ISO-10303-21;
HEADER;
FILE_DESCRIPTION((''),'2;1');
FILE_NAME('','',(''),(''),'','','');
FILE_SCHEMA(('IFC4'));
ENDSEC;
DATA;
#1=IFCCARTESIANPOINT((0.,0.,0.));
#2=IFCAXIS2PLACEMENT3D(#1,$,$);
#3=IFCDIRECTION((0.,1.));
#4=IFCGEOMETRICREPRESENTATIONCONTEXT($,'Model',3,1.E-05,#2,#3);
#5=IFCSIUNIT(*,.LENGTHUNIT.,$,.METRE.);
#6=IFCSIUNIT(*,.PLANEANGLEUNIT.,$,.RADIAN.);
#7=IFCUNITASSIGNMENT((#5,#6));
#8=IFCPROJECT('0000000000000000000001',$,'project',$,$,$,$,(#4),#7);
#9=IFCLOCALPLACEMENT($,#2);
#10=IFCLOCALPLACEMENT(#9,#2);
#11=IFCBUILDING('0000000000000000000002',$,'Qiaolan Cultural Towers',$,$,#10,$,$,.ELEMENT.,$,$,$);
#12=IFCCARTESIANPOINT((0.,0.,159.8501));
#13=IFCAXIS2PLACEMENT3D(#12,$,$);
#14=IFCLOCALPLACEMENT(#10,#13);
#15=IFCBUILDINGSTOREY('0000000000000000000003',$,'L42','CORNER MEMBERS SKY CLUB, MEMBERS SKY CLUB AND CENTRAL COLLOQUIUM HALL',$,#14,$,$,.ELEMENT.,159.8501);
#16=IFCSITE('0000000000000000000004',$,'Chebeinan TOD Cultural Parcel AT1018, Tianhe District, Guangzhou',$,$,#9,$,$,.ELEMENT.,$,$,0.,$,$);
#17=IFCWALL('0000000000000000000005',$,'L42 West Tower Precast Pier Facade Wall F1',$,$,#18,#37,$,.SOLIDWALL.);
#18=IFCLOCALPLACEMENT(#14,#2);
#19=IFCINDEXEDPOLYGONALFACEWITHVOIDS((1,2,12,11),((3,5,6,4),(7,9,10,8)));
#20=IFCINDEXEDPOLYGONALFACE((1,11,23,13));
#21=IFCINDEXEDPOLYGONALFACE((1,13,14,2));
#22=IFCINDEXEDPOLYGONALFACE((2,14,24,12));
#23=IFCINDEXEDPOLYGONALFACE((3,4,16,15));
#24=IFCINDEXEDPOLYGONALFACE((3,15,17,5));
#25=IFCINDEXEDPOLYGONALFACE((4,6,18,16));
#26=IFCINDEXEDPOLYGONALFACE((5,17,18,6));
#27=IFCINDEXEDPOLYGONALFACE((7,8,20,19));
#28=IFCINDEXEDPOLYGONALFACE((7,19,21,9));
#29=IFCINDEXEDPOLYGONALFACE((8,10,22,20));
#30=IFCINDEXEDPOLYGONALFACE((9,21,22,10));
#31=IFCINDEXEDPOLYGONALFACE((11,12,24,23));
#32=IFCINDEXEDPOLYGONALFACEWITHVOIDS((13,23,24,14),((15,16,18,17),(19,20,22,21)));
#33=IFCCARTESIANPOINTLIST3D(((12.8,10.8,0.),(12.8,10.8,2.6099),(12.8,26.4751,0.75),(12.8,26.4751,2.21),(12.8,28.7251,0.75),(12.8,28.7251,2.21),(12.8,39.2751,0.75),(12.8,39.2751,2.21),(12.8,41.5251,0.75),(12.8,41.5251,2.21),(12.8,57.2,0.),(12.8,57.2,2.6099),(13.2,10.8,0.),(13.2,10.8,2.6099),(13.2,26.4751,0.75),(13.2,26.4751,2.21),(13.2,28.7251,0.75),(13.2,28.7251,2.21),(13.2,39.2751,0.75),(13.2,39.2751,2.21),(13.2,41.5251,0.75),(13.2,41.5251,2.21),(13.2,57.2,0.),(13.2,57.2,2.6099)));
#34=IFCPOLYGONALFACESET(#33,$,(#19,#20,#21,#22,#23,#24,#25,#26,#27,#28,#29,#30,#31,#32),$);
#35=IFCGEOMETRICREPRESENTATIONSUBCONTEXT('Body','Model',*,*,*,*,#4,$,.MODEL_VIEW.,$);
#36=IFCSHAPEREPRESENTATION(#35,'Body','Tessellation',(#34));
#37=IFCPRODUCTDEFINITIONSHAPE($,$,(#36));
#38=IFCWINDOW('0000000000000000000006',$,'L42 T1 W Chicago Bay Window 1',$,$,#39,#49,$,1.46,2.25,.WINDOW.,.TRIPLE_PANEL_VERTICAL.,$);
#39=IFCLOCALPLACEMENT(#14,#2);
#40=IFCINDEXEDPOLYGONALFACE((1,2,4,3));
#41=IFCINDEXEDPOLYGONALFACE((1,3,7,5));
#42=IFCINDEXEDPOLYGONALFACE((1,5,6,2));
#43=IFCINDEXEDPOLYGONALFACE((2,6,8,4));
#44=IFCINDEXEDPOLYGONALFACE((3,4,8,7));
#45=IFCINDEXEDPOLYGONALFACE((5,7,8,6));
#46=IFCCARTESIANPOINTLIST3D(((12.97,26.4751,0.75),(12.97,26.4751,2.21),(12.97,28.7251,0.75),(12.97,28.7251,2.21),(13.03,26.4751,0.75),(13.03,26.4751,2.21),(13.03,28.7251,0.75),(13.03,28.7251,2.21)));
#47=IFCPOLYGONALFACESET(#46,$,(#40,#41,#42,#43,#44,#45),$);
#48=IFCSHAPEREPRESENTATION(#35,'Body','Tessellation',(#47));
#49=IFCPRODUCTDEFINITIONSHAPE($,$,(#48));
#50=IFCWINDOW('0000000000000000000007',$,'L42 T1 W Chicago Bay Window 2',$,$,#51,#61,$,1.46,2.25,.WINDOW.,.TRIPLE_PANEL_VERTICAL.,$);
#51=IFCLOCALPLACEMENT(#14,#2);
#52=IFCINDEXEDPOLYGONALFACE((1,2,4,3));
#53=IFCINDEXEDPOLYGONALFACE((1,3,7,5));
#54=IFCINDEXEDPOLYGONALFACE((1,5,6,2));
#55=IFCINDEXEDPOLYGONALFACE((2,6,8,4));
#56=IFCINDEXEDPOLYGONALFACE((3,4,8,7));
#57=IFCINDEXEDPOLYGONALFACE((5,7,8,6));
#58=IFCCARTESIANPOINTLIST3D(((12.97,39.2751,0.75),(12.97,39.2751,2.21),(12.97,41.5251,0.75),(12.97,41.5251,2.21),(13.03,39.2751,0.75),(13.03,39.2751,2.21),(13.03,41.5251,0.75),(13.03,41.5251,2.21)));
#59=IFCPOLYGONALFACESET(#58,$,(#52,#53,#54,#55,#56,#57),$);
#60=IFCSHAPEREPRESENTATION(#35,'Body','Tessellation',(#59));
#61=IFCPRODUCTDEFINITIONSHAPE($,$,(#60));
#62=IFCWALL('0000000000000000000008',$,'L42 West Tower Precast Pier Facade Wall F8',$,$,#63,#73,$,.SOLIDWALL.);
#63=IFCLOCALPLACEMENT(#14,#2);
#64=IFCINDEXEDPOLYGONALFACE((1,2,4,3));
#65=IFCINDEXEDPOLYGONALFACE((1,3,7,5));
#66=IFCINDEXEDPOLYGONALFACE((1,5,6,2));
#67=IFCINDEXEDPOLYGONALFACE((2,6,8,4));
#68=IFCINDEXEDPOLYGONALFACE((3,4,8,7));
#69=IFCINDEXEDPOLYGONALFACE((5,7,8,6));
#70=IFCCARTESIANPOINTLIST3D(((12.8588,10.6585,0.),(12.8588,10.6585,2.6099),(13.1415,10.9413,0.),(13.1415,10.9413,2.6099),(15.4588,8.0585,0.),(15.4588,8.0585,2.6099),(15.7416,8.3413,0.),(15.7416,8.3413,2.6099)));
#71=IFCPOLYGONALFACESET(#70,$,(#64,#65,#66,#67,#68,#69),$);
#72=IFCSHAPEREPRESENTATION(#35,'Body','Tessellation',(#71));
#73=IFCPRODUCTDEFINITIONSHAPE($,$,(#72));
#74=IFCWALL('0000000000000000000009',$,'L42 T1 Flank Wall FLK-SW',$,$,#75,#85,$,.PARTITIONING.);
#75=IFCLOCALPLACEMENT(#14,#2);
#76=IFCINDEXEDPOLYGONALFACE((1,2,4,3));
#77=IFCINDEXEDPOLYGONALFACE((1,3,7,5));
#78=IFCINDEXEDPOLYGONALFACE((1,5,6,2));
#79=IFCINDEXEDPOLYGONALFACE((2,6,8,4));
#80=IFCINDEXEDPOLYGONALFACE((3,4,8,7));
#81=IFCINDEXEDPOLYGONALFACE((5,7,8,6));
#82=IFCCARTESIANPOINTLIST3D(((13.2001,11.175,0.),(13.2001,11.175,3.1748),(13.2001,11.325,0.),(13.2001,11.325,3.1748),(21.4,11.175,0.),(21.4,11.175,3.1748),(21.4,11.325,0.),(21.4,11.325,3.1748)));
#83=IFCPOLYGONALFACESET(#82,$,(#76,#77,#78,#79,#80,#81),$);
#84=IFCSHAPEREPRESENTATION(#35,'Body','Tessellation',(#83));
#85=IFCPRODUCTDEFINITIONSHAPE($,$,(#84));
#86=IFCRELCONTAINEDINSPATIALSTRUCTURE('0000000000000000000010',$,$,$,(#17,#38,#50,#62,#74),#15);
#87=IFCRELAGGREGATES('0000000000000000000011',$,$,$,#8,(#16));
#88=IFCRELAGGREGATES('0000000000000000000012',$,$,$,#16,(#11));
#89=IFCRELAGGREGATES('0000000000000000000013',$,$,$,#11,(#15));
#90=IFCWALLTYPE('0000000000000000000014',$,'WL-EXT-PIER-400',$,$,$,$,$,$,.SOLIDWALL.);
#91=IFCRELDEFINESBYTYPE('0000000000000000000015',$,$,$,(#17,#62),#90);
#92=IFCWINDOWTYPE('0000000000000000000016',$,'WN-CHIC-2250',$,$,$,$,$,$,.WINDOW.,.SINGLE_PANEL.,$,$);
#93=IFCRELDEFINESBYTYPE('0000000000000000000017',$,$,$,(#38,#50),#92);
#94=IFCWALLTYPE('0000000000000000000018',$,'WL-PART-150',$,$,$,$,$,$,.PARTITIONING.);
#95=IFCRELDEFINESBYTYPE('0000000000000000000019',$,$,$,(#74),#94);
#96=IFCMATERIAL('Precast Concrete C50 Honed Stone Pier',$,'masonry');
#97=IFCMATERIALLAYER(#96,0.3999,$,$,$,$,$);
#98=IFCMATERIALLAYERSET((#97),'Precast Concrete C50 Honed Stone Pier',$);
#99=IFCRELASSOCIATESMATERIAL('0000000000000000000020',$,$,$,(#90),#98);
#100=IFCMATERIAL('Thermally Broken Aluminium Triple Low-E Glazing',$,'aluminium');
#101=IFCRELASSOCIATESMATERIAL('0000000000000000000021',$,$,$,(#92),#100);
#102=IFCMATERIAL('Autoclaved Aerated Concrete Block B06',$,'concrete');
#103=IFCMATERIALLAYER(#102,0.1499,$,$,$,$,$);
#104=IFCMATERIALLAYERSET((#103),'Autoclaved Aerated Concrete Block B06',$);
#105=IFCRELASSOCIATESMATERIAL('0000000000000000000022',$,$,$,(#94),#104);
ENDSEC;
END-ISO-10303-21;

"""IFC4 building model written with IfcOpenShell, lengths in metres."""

from ifc_helpers import new_model, si_unit, direction, frame, frame_2d, origin, place, context, subcontext, project, spatial, rectangle, extrude, material, layer, layer_set, type_object, element, fill, save


model = new_model("IFC4")

# Units and contexts
model_context = context("Model", 3, precision=1e-05, world=origin(), true_north=direction((0.0, 1.0)))
body_context = subcontext(model_context, "Body", "Model", "MODEL_VIEW")
ifc_project = project(units=[si_unit("LENGTHUNIT", "METRE"), si_unit("PLANEANGLEUNIT", "RADIAN")], contexts=[model_context])

# Site, building, storey
site_placement = place(None, origin())
site = spatial("IfcSite", under=ifc_project, at=site_placement, Name="Chebeinan TOD Cultural Parcel AT1018, Tianhe District, Guangzhou", CompositionType="ELEMENT", RefElevation=0.0)
building_placement = place(site_placement, origin())
building = spatial("IfcBuilding", under=site, at=building_placement, Name="Qiaolan Cultural Towers", CompositionType="ELEMENT")
storey_placement = place(building_placement, frame((0.0, 0.0, 159.8501)))
storey = spatial("IfcBuildingStorey", under=building, at=storey_placement, Name="L42", Description="CORNER MEMBERS SKY CLUB, MEMBERS SKY CLUB AND CENTRAL COLLOQUIUM HALL", CompositionType="ELEMENT", Elevation=159.8501)

# Wall, openings, windows
ifc_material_1 = material(Name="Precast Concrete C50 Honed Stone Pier", Category="masonry")
ifc_layer_1 = layer(ifc_material_1, 0.3999)
ifc_layer_set_1 = layer_set([ifc_layer_1], Name="Precast Concrete C50 Honed Stone Pier")
wall_type_1 = type_object("IfcWallType", Name="WL-EXT-PIER-400", PredefinedType="SOLIDWALL", material=ifc_layer_set_1)
wall_1_placement = place(storey_placement, frame((13.0, 10.8, 0.0), z_axis=(0.0, 0.0, 1.0), x_axis=(0.0, 1.0, 0.0)))
wall_1 = element("IfcWall", 1, at=wall_1_placement, inside=storey, type_object=wall_type_1, Name="L42 West Tower Precast Pier Facade Wall F1", PredefinedType="SOLIDWALL", context=body_context, shape_type="SweptSolid", body=[
    extrude(rectangle(XDim=46.3999, YDim=0.3999, at=frame_2d((23.2, 0.0))), origin(), (0.0, 0.0, 1.0), 2.6099),
])
opening_1_placement = place(wall_1_placement, frame((15.675, 0.0, 0.75)))
opening_1 = element("IfcOpeningElement", 2, at=opening_1_placement, cuts=wall_1, PredefinedType="OPENING", context=body_context, shape_type="SweptSolid", body=[
    extrude(rectangle(XDim=2.25, YDim=1.46, at=frame_2d((1.125, 0.73))), frame((0.0, 0.21, 0.0), z_axis=(0.0, -1.0, 0.0), x_axis=(1.0, 0.0, 0.0)), (0.0, 0.0, 1.0), 0.4199),
])
opening_2_placement = place(wall_1_placement, frame((28.4751, 0.0, 0.75)))
opening_2 = element("IfcOpeningElement", 3, at=opening_2_placement, cuts=wall_1, PredefinedType="OPENING", context=body_context, shape_type="SweptSolid", body=[
    extrude(rectangle(XDim=2.25, YDim=1.46, at=frame_2d((1.125, 0.73))), frame((0.0, 0.21, 0.0), z_axis=(0.0, -1.0, 0.0), x_axis=(1.0, 0.0, 0.0)), (0.0, 0.0, 1.0), 0.4199),
])
ifc_material_2 = material(Name="Thermally Broken Aluminium Triple Low-E Glazing", Category="aluminium")
window_type = type_object("IfcWindowType", Name="WN-CHIC-2250", PartitioningType="SINGLE_PANEL", PredefinedType="WINDOW", material=ifc_material_2)
window_1_placement = place(opening_1_placement, origin())
window_1 = element("IfcWindow", 4, at=window_1_placement, inside=storey, type_object=window_type, Name="L42 T1 W Chicago Bay Window 1", OverallHeight=1.46, OverallWidth=2.25, PartitioningType="TRIPLE_PANEL_VERTICAL", PredefinedType="WINDOW", context=body_context, shape_type="SweptSolid", body=[
    extrude(rectangle(XDim=2.25, YDim=1.46, at=frame_2d((1.125, 0.73))), frame((0.0, 0.03, 0.0), z_axis=(0.0, -1.0, 0.0), x_axis=(1.0, 0.0, 0.0)), (0.0, 0.0, 1.0), 0.0601),
])
fill(opening_1, window_1)
window_2_placement = place(opening_2_placement, origin())
window_2 = element("IfcWindow", 5, at=window_2_placement, inside=storey, type_object=window_type, Name="L42 T1 W Chicago Bay Window 2", OverallHeight=1.46, OverallWidth=2.25, PartitioningType="TRIPLE_PANEL_VERTICAL", PredefinedType="WINDOW", context=body_context, shape_type="SweptSolid", body=[
    extrude(rectangle(XDim=2.25, YDim=1.46, at=frame_2d((1.125, 0.73))), frame((0.0, 0.03, 0.0), z_axis=(0.0, -1.0, 0.0), x_axis=(1.0, 0.0, 0.0)), (0.0, 0.0, 1.0), 0.0601),
])
fill(opening_2, window_2)

# Walls
wall_2_placement = place(storey_placement, frame((15.6001, 8.2, 0.0), z_axis=(0.0, 0.0, 1.0), x_axis=(-0.707107, 0.707107, 0.0)))
element("IfcWall", 6, at=wall_2_placement, inside=storey, type_object=wall_type_1, Name="L42 West Tower Precast Pier Facade Wall F8", PredefinedType="SOLIDWALL", context=body_context, shape_type="SweptSolid", body=[
    extrude(rectangle(XDim=3.677, YDim=0.3999, at=frame_2d((1.8384, 0.0))), origin(), (0.0, 0.0, 1.0), 2.6099),
])
ifc_material_3 = material(Name="Autoclaved Aerated Concrete Block B06", Category="concrete")
ifc_layer_2 = layer(ifc_material_3, 0.1499)
ifc_layer_set_2 = layer_set([ifc_layer_2], Name="Autoclaved Aerated Concrete Block B06")
wall_type_2 = type_object("IfcWallType", Name="WL-PART-150", PredefinedType="PARTITIONING", material=ifc_layer_set_2)
wall_3_placement = place(storey_placement, frame((13.2, 11.25, 0.0), z_axis=(0.0, 0.0, 1.0), x_axis=(1.0, 0.0, 0.0)))
element("IfcWall", 7, at=wall_3_placement, inside=storey, type_object=wall_type_2, Name="L42 T1 Flank Wall FLK-SW", PredefinedType="PARTITIONING", context=body_context, shape_type="SweptSolid", body=[
    extrude(rectangle(XDim=8.2, YDim=0.1499, at=frame_2d((4.1001, 0.0))), origin(), (0.0, 0.0, 1.0), 3.1748),
])

save(model, "model.ifc")
